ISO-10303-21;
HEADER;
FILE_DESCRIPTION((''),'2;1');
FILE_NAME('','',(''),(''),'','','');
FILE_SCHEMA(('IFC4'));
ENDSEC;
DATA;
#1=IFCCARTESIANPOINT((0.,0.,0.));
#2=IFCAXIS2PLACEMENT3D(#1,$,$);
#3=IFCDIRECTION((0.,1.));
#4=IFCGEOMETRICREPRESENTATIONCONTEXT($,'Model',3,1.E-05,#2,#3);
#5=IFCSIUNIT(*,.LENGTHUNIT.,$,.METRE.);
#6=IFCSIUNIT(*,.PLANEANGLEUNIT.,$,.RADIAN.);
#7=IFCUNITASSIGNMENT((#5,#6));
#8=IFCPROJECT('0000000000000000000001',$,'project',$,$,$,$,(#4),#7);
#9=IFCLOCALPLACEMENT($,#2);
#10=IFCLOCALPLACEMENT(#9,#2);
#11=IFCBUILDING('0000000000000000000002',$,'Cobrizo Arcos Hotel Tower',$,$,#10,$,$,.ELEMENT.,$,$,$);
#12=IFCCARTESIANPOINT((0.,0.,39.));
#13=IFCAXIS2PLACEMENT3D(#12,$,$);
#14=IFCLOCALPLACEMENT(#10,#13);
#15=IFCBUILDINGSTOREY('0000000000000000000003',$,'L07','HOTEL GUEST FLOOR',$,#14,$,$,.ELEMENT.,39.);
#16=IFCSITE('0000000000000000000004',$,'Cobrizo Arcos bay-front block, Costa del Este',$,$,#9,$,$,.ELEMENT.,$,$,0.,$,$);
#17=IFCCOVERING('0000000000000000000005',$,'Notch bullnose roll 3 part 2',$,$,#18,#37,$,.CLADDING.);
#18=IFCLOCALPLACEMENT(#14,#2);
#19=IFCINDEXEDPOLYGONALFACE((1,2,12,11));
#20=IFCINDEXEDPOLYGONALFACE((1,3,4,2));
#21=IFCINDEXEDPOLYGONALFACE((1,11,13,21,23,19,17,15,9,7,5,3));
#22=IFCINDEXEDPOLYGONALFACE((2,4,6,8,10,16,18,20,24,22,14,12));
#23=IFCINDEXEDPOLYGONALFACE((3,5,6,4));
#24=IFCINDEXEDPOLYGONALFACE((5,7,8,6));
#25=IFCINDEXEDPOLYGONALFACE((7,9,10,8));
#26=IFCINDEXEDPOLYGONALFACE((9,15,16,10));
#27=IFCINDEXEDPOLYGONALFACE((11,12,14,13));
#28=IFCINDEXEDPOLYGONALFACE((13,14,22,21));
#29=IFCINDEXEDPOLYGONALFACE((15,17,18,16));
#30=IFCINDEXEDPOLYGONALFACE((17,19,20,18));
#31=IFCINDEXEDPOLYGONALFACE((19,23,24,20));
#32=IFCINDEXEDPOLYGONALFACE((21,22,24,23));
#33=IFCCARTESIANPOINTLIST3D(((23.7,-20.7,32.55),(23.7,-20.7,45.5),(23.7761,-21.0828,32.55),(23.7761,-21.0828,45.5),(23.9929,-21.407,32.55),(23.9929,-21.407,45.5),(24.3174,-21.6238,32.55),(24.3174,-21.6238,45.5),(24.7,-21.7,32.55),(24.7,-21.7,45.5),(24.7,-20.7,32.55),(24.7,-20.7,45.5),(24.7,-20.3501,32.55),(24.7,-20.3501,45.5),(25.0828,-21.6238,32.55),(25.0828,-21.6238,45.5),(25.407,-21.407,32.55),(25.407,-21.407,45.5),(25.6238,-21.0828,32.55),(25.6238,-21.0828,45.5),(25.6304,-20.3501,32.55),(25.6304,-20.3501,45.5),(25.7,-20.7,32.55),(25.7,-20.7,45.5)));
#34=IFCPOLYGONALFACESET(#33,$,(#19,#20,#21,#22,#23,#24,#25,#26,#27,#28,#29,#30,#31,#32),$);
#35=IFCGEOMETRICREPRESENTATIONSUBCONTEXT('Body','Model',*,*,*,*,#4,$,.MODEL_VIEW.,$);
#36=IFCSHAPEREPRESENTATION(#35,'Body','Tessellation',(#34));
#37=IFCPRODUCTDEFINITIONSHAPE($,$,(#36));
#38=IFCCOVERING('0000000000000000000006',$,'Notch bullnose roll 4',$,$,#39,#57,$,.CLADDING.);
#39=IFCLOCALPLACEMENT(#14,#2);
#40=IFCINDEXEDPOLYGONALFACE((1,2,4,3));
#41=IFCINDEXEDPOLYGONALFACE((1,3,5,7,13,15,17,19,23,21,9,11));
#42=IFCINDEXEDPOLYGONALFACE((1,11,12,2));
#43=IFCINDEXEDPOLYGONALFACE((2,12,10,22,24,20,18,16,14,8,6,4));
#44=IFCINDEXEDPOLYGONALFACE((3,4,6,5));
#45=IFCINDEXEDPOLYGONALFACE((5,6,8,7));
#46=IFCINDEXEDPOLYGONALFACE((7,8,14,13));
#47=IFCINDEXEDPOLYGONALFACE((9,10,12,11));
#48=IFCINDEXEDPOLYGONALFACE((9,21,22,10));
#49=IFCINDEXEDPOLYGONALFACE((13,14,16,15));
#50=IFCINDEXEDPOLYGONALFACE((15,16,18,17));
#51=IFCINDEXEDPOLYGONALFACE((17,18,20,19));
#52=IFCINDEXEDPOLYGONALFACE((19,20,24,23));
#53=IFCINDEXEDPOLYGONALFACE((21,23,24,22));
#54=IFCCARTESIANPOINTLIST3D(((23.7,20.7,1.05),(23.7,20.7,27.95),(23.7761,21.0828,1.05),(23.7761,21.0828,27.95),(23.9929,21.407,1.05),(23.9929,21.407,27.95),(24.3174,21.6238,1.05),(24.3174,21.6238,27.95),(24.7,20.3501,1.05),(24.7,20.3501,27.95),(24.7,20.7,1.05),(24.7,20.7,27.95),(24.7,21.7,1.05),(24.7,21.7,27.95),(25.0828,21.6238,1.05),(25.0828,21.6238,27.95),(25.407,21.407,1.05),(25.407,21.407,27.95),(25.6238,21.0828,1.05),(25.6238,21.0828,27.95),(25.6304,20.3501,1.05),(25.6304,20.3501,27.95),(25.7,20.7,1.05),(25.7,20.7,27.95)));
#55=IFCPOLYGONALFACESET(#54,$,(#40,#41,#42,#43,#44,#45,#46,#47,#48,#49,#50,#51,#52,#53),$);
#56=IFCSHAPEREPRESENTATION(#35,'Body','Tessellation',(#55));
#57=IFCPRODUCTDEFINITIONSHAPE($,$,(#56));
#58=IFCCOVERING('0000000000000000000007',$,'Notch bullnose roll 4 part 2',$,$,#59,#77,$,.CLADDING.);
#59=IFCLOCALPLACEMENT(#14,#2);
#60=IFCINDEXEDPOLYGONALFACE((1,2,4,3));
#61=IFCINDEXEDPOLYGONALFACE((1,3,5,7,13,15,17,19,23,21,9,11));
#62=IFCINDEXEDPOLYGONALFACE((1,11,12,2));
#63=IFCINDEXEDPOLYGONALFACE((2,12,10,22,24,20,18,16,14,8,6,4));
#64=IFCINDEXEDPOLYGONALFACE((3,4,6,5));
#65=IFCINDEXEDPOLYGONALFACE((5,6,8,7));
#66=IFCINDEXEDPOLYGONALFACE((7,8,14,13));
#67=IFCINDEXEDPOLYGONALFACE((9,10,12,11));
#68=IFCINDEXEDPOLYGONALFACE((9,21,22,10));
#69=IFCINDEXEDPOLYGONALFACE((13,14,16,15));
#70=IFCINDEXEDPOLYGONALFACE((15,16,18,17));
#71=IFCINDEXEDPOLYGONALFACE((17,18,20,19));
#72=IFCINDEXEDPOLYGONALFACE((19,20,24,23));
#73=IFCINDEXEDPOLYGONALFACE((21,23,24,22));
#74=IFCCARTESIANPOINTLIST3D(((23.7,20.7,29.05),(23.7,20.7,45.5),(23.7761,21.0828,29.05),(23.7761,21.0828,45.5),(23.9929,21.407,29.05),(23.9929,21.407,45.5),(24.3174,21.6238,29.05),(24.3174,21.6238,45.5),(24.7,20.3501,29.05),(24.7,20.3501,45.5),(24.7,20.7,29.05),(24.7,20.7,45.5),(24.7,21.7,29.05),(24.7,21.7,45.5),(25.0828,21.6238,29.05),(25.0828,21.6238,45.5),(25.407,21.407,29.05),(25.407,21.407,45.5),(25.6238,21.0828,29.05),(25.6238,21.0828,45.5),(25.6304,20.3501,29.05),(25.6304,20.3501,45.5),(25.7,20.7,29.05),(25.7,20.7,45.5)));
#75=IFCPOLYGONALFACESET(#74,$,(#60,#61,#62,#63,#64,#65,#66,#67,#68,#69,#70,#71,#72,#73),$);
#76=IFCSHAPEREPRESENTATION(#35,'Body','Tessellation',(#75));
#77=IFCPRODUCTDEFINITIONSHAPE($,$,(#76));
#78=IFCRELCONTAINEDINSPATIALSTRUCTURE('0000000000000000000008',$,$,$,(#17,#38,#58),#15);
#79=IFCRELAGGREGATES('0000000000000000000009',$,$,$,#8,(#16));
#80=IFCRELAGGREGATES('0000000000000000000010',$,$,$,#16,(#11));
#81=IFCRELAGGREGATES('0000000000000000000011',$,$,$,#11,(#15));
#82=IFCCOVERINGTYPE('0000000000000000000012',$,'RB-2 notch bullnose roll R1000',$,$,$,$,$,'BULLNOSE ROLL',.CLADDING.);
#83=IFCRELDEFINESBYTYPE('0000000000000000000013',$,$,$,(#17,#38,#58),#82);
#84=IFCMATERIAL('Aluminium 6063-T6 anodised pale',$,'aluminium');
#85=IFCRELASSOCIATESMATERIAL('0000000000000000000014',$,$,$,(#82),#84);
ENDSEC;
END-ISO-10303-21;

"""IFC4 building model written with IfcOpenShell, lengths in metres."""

from ifc_helpers import new_model, si_unit, direction, frame, origin, place, context, subcontext, project, spatial, polyline, outline, extrude, material, type_object, element, save


model = new_model("IFC4")

# Units and contexts
model_context = context("Model", 3, precision=1e-05, world=origin(), true_north=direction((0.0, 1.0)))
body_context = subcontext(model_context, "Body", "Model", "MODEL_VIEW")
ifc_project = project(units=[si_unit("LENGTHUNIT", "METRE"), si_unit("PLANEANGLEUNIT", "RADIAN")], contexts=[model_context])

# Site, building, storey
site_placement = place(None, origin())
site = spatial("IfcSite", under=ifc_project, at=site_placement, Name="Cobrizo Arcos bay-front block, Costa del Este", CompositionType="ELEMENT", RefElevation=0.0)
building_placement = place(site_placement, origin())
building = spatial("IfcBuilding", under=site, at=building_placement, Name="Cobrizo Arcos Hotel Tower", CompositionType="ELEMENT")
storey_placement = place(building_placement, frame((0.0, 0.0, 39.0)))
storey = spatial("IfcBuildingStorey", under=building, at=storey_placement, Name="L07", Description="HOTEL GUEST FLOOR", CompositionType="ELEMENT", Elevation=39.0)

# Coverings
ifc_material_1 = material(Name="Aluminium 6063-T6 anodised pale", Category="aluminium")
covering_type = type_object("IfcCoveringType", Name="RB-2 notch bullnose roll R1000", ElementType="BULLNOSE ROLL", PredefinedType="CLADDING", material=ifc_material_1)
covering_1_placement = place(storey_placement, frame((0.0, 0.0, 32.55)))
element("IfcCovering", 1, at=covering_1_placement, inside=storey, type_object=covering_type, Name="Notch bullnose roll 3 part 2", PredefinedType="CLADDING", context=body_context, shape_type="SweptSolid", body=[
    extrude(outline(polyline([(23.9929, -21.407), (24.3174, -21.6238), (24.7, -21.7), (25.0828, -21.6238), (25.407, -21.407), (25.6238, -21.0828), (25.7, -20.7), (25.6304, -20.3501), (24.7, -20.3501), (24.7, -20.7), (23.7, -20.7), (23.7761, -21.0828), (23.9929, -21.407)])), origin(), (0.0, 0.0, 1.0), 12.95),
])
covering_2_placement = place(storey_placement, frame((0.0, 0.0, 1.05)))
element("IfcCovering", 2, at=covering_2_placement, inside=storey, type_object=covering_type, Name="Notch bullnose roll 4", PredefinedType="CLADDING", context=body_context, shape_type="SweptSolid", body=[
    extrude(outline(polyline([(23.9929, 21.407), (23.7761, 21.0828), (23.7, 20.7), (24.7, 20.7), (24.7, 20.3501), (25.6304, 20.3501), (25.7, 20.7), (25.6238, 21.0828), (25.407, 21.407), (25.0828, 21.6238), (24.7, 21.7), (24.3174, 21.6238), (23.9929, 21.407)])), origin(), (0.0, 0.0, 1.0), 26.8999),
])
covering_3_placement = place(storey_placement, frame((0.0, 0.0, 29.05)))
element("IfcCovering", 3, at=covering_3_placement, inside=storey, type_object=covering_type, Name="Notch bullnose roll 4 part 2", PredefinedType="CLADDING", context=body_context, shape_type="SweptSolid", body=[
    extrude(outline(polyline([(23.9929, 21.407), (23.7761, 21.0828), (23.7, 20.7), (24.7, 20.7), (24.7, 20.3501), (25.6304, 20.3501), (25.7, 20.7), (25.6238, 21.0828), (25.407, 21.407), (25.0828, 21.6238), (24.7, 21.7), (24.3174, 21.6238), (23.9929, 21.407)])), origin(), (0.0, 0.0, 1.0), 16.45),
])

save(model, "model.ifc")
